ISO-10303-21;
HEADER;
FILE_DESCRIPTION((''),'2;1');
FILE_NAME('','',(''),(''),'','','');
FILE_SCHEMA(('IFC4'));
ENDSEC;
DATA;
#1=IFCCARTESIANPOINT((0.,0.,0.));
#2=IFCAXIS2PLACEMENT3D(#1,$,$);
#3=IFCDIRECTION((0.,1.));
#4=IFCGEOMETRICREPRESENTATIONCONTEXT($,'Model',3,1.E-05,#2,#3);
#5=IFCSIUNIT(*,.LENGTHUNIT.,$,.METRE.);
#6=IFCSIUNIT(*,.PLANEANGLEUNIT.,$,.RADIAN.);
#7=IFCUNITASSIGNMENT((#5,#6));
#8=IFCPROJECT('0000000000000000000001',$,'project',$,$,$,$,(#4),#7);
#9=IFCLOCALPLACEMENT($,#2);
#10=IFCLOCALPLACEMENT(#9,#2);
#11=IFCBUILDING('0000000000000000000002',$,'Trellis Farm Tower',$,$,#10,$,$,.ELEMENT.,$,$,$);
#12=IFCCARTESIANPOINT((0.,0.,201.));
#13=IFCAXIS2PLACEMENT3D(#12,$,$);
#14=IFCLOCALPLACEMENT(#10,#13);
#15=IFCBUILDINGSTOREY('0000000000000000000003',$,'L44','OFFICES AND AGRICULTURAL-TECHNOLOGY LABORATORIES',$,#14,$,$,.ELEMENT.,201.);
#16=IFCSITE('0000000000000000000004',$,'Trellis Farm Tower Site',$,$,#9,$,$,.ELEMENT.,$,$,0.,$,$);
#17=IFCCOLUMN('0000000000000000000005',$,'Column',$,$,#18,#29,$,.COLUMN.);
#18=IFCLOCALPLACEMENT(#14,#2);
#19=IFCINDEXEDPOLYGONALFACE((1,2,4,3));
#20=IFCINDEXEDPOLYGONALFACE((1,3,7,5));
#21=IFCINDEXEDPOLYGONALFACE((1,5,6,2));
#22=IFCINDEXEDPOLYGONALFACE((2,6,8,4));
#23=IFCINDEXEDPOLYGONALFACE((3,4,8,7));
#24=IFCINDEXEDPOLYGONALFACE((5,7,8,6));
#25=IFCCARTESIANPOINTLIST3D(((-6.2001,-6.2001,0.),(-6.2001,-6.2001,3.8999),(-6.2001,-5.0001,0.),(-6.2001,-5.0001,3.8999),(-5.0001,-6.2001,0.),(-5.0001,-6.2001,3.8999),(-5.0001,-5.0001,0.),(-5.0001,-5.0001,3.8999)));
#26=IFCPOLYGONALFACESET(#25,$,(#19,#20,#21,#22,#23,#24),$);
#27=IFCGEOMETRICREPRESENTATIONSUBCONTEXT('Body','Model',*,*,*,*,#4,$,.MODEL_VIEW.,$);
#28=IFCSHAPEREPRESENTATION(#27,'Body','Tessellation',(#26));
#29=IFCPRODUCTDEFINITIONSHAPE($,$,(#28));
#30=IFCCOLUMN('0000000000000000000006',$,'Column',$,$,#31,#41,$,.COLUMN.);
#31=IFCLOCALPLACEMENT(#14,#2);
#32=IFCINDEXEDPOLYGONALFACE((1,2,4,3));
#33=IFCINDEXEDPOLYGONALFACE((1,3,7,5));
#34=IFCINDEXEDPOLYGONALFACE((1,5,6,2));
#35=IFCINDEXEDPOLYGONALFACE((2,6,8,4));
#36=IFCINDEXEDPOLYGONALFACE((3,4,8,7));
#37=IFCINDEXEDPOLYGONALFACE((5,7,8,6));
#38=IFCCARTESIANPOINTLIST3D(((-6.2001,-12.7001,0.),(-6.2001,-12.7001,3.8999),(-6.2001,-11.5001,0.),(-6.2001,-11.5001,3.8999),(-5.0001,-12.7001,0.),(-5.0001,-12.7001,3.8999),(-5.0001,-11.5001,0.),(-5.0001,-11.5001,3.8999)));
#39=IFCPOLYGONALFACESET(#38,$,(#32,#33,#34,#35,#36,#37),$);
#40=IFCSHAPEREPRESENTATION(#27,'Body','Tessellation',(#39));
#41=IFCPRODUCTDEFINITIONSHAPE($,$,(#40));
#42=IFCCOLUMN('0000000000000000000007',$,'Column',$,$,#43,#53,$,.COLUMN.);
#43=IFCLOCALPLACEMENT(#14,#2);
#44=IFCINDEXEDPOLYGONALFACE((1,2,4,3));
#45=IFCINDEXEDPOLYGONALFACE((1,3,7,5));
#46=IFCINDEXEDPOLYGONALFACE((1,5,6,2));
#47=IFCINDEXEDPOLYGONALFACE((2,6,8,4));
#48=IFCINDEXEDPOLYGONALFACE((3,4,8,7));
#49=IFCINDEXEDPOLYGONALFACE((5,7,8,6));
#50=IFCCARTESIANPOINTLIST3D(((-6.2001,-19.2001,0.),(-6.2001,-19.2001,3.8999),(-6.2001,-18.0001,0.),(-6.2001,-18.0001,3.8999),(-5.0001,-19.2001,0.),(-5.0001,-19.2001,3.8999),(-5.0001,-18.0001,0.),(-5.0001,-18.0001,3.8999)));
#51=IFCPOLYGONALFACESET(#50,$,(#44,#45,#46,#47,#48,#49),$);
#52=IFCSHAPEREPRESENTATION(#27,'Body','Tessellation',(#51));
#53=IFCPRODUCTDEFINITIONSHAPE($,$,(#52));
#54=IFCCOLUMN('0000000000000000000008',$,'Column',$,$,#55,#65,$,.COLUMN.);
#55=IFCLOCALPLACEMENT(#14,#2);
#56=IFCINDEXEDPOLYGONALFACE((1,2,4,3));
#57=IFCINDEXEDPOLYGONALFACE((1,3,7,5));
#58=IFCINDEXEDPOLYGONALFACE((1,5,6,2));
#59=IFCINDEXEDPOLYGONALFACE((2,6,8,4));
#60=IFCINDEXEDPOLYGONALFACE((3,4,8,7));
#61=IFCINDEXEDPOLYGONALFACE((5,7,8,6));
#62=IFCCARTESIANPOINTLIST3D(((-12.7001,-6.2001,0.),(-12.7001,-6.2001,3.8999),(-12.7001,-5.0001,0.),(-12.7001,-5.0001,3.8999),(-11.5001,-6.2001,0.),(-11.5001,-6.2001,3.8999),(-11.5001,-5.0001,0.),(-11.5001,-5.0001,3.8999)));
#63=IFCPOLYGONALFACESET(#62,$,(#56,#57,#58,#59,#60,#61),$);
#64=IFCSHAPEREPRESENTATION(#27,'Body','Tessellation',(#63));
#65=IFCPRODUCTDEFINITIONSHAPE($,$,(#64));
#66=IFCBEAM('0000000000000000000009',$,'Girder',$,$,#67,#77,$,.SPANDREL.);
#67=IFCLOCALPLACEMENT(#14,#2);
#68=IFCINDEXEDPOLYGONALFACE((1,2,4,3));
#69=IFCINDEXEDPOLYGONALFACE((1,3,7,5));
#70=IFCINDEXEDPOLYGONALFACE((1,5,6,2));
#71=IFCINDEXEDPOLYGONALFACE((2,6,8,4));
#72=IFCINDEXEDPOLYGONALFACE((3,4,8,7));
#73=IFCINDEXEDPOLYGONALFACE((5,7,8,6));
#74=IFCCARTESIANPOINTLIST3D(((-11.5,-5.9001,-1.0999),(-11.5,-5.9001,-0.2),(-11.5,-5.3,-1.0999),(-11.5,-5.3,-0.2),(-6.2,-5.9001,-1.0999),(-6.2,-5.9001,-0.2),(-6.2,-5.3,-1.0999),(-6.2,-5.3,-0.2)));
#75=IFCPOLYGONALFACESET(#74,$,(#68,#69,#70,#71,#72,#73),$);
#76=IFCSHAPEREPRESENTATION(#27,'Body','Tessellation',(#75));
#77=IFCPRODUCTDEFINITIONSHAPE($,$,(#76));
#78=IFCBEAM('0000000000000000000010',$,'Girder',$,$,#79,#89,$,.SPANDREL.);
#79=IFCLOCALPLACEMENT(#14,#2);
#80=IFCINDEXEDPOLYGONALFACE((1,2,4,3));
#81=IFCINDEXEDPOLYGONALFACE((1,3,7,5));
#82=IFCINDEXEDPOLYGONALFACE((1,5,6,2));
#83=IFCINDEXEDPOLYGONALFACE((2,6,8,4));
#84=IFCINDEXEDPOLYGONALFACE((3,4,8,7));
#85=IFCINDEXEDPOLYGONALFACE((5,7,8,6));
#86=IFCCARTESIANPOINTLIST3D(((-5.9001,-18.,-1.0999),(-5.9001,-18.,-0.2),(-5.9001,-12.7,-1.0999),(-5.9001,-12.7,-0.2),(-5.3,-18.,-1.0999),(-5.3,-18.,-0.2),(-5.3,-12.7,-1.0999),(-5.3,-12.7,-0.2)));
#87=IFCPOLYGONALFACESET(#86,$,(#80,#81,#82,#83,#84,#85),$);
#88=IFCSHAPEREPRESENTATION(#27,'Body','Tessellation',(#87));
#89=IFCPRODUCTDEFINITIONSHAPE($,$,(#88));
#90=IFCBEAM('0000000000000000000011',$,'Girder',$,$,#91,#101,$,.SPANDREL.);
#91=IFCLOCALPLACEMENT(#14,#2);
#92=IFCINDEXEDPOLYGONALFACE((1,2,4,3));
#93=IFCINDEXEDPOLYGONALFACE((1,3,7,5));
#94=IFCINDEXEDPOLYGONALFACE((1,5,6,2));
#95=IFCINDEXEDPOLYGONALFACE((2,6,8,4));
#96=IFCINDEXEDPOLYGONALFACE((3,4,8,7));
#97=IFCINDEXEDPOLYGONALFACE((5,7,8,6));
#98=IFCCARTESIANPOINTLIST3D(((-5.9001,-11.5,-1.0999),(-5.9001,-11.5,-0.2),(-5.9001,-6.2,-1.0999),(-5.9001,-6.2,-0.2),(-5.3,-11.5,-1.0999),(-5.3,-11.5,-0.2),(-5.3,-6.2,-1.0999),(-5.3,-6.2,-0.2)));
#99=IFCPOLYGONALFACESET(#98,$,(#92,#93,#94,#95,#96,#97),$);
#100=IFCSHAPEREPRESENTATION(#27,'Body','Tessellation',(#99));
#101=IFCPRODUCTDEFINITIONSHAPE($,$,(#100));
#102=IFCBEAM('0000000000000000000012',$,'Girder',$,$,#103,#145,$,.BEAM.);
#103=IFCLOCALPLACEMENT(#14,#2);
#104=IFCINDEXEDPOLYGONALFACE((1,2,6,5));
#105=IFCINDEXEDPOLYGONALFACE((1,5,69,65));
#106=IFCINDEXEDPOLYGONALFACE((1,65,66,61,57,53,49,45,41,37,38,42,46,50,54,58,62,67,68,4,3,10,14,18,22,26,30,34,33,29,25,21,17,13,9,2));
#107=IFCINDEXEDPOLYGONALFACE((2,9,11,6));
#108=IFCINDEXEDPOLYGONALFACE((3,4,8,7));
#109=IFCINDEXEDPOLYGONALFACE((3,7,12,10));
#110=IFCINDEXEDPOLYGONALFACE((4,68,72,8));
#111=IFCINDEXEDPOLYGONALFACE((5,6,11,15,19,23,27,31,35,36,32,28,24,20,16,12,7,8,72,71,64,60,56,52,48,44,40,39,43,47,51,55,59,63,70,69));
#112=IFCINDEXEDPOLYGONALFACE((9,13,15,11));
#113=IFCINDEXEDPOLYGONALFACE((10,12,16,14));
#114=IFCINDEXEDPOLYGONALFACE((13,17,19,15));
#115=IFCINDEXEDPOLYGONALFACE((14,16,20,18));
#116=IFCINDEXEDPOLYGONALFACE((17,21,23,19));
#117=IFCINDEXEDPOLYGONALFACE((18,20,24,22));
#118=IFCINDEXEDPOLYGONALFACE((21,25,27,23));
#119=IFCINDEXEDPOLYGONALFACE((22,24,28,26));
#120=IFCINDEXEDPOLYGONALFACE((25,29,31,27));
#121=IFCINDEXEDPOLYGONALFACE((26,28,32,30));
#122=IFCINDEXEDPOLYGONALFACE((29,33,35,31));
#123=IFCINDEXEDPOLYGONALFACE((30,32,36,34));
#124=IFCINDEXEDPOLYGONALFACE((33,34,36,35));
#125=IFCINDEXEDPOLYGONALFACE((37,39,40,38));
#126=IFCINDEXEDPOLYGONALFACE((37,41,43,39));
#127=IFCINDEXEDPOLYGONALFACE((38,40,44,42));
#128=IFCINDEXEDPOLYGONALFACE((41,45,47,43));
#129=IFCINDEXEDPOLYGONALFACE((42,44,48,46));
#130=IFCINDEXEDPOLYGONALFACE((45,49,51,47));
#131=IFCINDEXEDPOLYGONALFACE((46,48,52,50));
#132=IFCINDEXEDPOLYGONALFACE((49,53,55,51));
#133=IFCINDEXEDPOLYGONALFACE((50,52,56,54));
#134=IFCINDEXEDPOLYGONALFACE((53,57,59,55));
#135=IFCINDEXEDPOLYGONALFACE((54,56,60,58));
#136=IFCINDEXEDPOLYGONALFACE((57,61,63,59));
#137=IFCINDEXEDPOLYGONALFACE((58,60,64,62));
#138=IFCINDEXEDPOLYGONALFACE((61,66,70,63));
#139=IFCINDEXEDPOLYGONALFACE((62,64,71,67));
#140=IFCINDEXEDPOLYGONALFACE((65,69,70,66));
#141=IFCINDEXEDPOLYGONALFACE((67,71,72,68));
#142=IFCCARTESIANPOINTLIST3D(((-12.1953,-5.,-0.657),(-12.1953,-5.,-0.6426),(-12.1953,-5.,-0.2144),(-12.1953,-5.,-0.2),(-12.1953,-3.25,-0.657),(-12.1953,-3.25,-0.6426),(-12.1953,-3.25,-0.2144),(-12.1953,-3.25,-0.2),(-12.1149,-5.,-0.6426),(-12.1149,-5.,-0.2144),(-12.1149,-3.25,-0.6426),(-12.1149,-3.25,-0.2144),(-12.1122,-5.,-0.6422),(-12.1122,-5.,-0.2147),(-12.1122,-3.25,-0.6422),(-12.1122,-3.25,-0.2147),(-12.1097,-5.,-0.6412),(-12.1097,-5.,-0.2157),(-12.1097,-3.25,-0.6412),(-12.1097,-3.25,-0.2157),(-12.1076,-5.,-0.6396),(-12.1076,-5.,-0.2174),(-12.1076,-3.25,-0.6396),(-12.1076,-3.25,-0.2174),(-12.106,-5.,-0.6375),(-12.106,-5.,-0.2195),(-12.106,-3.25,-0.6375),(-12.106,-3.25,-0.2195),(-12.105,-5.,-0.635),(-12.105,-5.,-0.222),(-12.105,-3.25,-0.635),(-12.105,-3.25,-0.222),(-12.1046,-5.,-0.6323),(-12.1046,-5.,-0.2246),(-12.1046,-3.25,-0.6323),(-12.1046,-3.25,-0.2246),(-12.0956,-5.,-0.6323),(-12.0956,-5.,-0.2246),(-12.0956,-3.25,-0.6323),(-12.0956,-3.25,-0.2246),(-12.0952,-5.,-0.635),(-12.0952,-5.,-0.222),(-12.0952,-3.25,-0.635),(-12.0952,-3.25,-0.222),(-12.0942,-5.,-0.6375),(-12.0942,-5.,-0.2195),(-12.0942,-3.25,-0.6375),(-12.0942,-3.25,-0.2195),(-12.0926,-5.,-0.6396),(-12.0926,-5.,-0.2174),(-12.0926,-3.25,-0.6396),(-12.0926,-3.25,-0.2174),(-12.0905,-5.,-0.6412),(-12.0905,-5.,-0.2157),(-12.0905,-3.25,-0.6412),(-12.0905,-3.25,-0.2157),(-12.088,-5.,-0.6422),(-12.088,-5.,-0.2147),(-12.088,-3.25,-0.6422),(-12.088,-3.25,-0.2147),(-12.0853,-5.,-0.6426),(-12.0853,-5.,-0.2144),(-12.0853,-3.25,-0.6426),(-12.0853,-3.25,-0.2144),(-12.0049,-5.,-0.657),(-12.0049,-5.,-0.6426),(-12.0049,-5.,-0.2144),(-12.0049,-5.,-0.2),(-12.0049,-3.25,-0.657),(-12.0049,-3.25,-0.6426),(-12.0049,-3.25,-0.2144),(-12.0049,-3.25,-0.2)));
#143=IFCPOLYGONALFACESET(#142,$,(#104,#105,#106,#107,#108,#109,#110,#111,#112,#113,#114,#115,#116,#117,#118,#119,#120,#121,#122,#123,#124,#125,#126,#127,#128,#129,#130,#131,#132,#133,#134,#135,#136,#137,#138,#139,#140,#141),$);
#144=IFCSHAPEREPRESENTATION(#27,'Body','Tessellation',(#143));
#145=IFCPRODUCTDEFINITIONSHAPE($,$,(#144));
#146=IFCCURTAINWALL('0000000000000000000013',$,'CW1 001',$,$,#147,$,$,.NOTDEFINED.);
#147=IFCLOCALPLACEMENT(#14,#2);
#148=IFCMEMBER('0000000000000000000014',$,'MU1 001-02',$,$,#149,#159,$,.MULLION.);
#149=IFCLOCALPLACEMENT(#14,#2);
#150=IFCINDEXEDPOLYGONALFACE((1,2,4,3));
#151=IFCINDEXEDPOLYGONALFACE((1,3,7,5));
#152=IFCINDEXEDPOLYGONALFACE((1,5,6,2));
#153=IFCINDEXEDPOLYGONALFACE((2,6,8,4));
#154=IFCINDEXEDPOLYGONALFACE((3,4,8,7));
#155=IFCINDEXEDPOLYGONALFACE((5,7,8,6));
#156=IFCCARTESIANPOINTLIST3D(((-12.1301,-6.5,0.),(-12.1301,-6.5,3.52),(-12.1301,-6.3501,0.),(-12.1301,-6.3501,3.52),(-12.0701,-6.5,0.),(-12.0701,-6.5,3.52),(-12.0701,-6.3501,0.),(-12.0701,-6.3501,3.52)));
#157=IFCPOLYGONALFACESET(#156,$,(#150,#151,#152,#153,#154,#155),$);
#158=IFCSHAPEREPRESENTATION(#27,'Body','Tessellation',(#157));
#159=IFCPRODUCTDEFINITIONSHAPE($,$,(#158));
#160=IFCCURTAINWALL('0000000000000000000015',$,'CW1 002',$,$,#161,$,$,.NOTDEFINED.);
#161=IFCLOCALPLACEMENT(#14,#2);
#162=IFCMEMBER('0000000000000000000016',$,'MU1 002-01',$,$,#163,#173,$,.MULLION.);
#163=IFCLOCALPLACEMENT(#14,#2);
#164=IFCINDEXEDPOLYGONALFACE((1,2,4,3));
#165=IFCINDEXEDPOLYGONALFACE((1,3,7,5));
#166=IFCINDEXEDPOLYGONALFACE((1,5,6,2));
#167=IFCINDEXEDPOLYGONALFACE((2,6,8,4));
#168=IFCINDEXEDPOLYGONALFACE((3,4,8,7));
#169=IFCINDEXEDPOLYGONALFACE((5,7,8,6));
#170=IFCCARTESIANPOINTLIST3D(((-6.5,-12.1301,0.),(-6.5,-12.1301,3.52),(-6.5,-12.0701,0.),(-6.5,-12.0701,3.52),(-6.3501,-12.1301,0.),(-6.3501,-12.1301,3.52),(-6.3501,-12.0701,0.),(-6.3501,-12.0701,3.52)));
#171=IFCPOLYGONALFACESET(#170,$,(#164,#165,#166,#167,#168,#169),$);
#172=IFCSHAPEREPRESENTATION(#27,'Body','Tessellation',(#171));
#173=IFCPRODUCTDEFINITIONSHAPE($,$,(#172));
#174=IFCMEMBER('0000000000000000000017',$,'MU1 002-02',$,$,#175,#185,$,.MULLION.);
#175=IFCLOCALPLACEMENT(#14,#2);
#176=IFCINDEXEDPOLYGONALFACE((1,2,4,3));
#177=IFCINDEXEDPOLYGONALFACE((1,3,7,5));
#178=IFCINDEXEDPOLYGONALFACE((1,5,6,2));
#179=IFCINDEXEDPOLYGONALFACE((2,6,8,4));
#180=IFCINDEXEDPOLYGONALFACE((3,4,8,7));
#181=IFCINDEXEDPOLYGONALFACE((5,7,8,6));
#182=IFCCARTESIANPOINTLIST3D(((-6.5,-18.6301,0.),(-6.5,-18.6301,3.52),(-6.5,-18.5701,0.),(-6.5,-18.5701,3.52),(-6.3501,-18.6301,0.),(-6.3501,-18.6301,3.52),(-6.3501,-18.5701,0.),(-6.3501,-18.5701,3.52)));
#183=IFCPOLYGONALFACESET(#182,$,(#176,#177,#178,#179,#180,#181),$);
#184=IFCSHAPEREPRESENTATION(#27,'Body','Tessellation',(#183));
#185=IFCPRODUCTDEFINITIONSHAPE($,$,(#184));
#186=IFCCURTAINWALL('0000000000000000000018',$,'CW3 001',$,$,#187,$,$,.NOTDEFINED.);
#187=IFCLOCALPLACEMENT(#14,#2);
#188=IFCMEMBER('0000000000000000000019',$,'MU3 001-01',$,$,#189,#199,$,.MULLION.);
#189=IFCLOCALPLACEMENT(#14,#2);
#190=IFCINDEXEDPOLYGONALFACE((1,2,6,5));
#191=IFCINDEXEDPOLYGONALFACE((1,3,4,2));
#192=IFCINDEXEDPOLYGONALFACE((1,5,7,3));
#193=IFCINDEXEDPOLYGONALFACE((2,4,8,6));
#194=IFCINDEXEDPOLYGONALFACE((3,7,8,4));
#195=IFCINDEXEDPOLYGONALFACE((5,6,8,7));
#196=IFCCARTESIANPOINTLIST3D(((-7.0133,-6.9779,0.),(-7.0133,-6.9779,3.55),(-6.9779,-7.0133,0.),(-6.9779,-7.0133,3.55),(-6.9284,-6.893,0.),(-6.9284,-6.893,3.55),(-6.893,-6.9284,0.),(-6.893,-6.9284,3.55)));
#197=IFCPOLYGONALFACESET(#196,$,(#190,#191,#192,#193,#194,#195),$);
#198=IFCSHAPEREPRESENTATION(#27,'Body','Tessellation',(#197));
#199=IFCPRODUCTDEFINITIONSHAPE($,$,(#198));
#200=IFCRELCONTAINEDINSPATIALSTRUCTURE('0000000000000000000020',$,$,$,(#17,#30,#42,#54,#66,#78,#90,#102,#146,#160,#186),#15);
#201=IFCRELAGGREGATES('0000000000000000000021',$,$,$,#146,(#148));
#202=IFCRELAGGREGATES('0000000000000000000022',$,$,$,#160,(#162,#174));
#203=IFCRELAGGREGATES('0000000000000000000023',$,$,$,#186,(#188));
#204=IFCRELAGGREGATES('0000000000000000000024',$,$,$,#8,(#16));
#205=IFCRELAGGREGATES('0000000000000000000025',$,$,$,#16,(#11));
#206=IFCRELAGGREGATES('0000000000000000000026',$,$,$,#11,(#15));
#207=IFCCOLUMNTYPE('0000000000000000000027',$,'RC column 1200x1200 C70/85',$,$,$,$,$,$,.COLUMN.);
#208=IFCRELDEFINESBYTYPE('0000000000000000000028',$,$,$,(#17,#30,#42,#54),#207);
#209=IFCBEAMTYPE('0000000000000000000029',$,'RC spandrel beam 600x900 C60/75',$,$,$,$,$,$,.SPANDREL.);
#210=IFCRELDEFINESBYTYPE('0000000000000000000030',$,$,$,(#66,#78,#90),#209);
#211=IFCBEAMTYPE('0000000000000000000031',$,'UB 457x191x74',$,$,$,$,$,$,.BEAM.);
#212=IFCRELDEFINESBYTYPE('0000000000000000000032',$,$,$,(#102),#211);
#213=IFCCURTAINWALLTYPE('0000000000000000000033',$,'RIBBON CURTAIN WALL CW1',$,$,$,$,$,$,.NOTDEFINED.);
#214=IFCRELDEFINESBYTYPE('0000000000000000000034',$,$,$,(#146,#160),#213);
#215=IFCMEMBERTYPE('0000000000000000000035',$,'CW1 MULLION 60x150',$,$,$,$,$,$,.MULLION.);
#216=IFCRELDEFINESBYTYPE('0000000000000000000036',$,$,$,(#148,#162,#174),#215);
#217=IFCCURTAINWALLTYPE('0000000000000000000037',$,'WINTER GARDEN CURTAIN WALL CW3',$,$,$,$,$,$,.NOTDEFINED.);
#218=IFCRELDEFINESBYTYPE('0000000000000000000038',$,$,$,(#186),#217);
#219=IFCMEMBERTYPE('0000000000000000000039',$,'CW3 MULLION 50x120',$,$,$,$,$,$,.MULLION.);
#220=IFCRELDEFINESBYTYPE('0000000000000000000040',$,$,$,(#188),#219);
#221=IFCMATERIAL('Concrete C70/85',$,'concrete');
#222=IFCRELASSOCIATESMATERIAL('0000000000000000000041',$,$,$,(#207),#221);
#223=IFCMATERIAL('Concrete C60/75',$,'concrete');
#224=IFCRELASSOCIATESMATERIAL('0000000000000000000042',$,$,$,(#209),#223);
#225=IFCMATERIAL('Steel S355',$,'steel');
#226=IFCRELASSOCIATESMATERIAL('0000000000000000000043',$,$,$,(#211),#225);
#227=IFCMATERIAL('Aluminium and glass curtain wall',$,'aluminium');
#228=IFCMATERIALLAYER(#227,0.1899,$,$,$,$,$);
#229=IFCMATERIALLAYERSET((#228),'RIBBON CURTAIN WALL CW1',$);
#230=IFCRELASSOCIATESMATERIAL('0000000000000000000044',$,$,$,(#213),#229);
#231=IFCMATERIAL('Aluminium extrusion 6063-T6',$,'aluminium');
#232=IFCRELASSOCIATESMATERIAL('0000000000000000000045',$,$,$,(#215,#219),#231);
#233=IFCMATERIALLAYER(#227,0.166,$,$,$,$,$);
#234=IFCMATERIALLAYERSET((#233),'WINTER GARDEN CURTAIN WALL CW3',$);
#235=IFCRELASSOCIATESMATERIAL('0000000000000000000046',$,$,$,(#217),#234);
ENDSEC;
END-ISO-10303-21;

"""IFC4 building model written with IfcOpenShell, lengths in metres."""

from ifc_helpers import new_model, si_unit, direction, frame, origin, origin_2d, place, context, subcontext, project, spatial, rectangle, i_section, extrude, source, transform, mapped, material, layer, layer_set, material_profile, profile_set, type_object, element, aggregate, save


model = new_model("IFC4")

# Units and contexts
model_context = context("Model", 3, precision=1e-05, world=origin(), true_north=direction((0.0, 1.0)))
body_context = subcontext(model_context, "Body", "Model", "MODEL_VIEW")
ifc_project = project(units=[si_unit("LENGTHUNIT", "METRE"), si_unit("PLANEANGLEUNIT", "RADIAN")], contexts=[model_context])

# Site, building, storey
site_placement = place(None, origin())
site = spatial("IfcSite", under=ifc_project, at=site_placement, Name="Trellis Farm Tower Site", CompositionType="ELEMENT", RefElevation=0.0)
building_placement = place(site_placement, origin())
building = spatial("IfcBuilding", under=site, at=building_placement, Name="Trellis Farm Tower", CompositionType="ELEMENT")
storey_placement = place(building_placement, frame((0.0, 0.0, 201.0)))
storey = spatial("IfcBuildingStorey", under=building, at=storey_placement, Name="L44", Description="OFFICES AND AGRICULTURAL-TECHNOLOGY LABORATORIES", CompositionType="ELEMENT", Elevation=201.0)

# Columns
ifc_material_1 = material(Name="Concrete C70/85", Category="concrete")
ifc_material_profile_1 = material_profile(ifc_material_1, rectangle(XDim=1.2, YDim=1.2, at=origin_2d()), Name="RC column 1200x1200 C70/85")
ifc_profile_set_1 = profile_set([ifc_material_profile_1], Name="Concrete C70/85")
column_type = type_object("IfcColumnType", Name="RC column 1200x1200 C70/85", PredefinedType="COLUMN", material=ifc_profile_set_1)
shared_shape_1 = source(origin(), body_context, "Body", "SweptSolid", [
    extrude(rectangle(XDim=1.2, YDim=1.2, at=origin_2d()), origin(), (0.0, 0.0, 1.0), 3.8999),
])
for number, where, z_axis, x_axis, name in (
    (1, (-5.6001, -5.6001, 0.0), (0.0, 0.0, 1.0), (1.0, 0.0, 0.0), "Column"),
    (2, (-5.6001, -12.1001, 0.0), (0.0, 0.0, 1.0), (1.0, 0.0, 0.0), "Column"),
    (3, (-5.6001, -18.6001, 0.0), (0.0, 0.0, 1.0), (1.0, 0.0, 0.0), "Column"),
    (4, (-12.1001, -5.6001, 0.0), (0.0, 0.0, 1.0), (1.0, 0.0, 0.0), "Column"),
):
    element("IfcColumn", number, at=place(storey_placement, frame(where, z_axis=z_axis, x_axis=x_axis)), inside=storey, type_object=column_type, Name=name, PredefinedType="COLUMN", context=body_context, shape_type="MappedRepresentation", body=[
        mapped(shared_shape_1, transform((0.0, 0.0, 0.0))),
    ])

# Beams
ifc_material_2 = material(Name="Concrete C60/75", Category="concrete")
ifc_material_profile_2 = material_profile(ifc_material_2, rectangle(XDim=0.6001, YDim=0.8999, at=origin_2d()), Name="RC spandrel beam 600x900 C60/75")
ifc_profile_set_2 = profile_set([ifc_material_profile_2], Name="Concrete C60/75")
beam_type_1 = type_object("IfcBeamType", Name="RC spandrel beam 600x900 C60/75", PredefinedType="SPANDREL", material=ifc_profile_set_2)
shared_shape_2 = source(origin(), body_context, "Body", "SweptSolid", [
    extrude(rectangle(XDim=0.6001, YDim=0.8999, at=origin_2d()), origin(), (0.0, 0.0, 1.0), 5.3),
])
for number, where, z_axis, x_axis, name in (
    (5, (-11.5, -5.6001, -0.6499), (1.0, 0.0, 0.0), (0.0, 1.0, 0.0), "Girder"),
    (6, (-5.6001, -18.0, -0.6499), (0.0, 1.0, 0.0), (-1.0, 0.0, 0.0), "Girder"),
    (7, (-5.6001, -11.5, -0.6499), (0.0, 1.0, 0.0), (-1.0, 0.0, 0.0), "Girder"),
):
    element("IfcBeam", number, at=place(storey_placement, frame(where, z_axis=z_axis, x_axis=x_axis)), inside=storey, type_object=beam_type_1, Name=name, PredefinedType="SPANDREL", context=body_context, shape_type="MappedRepresentation", body=[
        mapped(shared_shape_2, transform((0.0, 0.0, 0.0))),
    ])
ifc_material_3 = material(Name="Steel S355", Category="steel")
ifc_material_profile_3 = material_profile(ifc_material_3, i_section(OverallWidth=0.1904, OverallDepth=0.457, WebThickness=0.009, FlangeThickness=0.0144, FilletRadius=0.0103, at=origin_2d()), Name="UB 457x191x74")
ifc_profile_set_3 = profile_set([ifc_material_profile_3], Name="Steel S355")
beam_type_2 = type_object("IfcBeamType", Name="UB 457x191x74", PredefinedType="BEAM", material=ifc_profile_set_3)
shared_shape_3 = source(origin(), body_context, "Body", "SweptSolid", [
    extrude(i_section(OverallWidth=0.1904, OverallDepth=0.457, WebThickness=0.009, FlangeThickness=0.0144, FilletRadius=0.0103, at=origin_2d()), origin(), (0.0, 0.0, 1.0), 1.75),
])
beam_placement = place(storey_placement, frame((-12.1001, -5.0, -0.4285), z_axis=(0.0, 1.0, 0.0), x_axis=(-1.0, 0.0, 0.0)))
element("IfcBeam", 8, at=beam_placement, inside=storey, type_object=beam_type_2, Name="Girder", PredefinedType="BEAM", context=body_context, shape_type="MappedRepresentation", body=[
    mapped(shared_shape_3, transform((0.0, 0.0, 0.0))),
])

# Curtain wall, member
ifc_material_4 = material(Name="Aluminium and glass curtain wall", Category="aluminium")
ifc_layer_1 = layer(ifc_material_4, 0.1899)
ifc_layer_set_1 = layer_set([ifc_layer_1], Name="RIBBON CURTAIN WALL CW1")
curtain_wall_type_1 = type_object("IfcCurtainWallType", Name="RIBBON CURTAIN WALL CW1", PredefinedType="NOTDEFINED", material=ifc_layer_set_1)
placement = place(storey_placement, origin())
curtain_wall_1 = element("IfcCurtainWall", 9, at=placement, inside=storey, type_object=curtain_wall_type_1, Name="CW1 001", PredefinedType="NOTDEFINED")
ifc_material_5 = material(Name="Aluminium extrusion 6063-T6", Category="aluminium")
ifc_material_profile_4 = material_profile(ifc_material_5, rectangle(XDim=0.0601, YDim=0.1499, at=origin_2d()), Name="MULLION 60x150")
ifc_profile_set_4 = profile_set([ifc_material_profile_4], Name="Aluminium extrusion 6063-T6")
member_type_1 = type_object("IfcMemberType", Name="CW1 MULLION 60x150", PredefinedType="MULLION", material=ifc_profile_set_4)
shared_shape_4 = source(origin(), body_context, "Body", "SweptSolid", [
    extrude(rectangle(XDim=0.0601, YDim=0.1499, at=origin_2d()), origin(), (0.0, 0.0, 1.0), 3.52),
])
member_1_placement = place(storey_placement, frame((-12.1001, -6.425, 0.0), z_axis=(0.0, 0.0, 1.0), x_axis=(1.0, 0.0, 0.0)))
member_1 = element("IfcMember", 10, at=member_1_placement, type_object=member_type_1, Name="MU1 001-02", PredefinedType="MULLION", context=body_context, shape_type="MappedRepresentation", body=[
    mapped(shared_shape_4, transform((0.0, 0.0, 0.0))),
])
aggregate(curtain_wall_1, [member_1])

# Curtain wall, members
curtain_wall_2 = element("IfcCurtainWall", 11, at=placement, inside=storey, type_object=curtain_wall_type_1, Name="CW1 002", PredefinedType="NOTDEFINED")
member_2_placement = place(storey_placement, frame((-6.425, -12.1001, 0.0), z_axis=(0.0, 0.0, 1.0), x_axis=(0.0, -1.0, 0.0)))
member_2 = element("IfcMember", 12, at=member_2_placement, type_object=member_type_1, Name="MU1 002-01", PredefinedType="MULLION", context=body_context, shape_type="MappedRepresentation", body=[
    mapped(shared_shape_4, transform((0.0, 0.0, 0.0))),
])
member_3_placement = place(storey_placement, frame((-6.425, -18.6001, 0.0), z_axis=(0.0, 0.0, 1.0), x_axis=(0.0, -1.0, 0.0)))
member_3 = element("IfcMember", 13, at=member_3_placement, type_object=member_type_1, Name="MU1 002-02", PredefinedType="MULLION", context=body_context, shape_type="MappedRepresentation", body=[
    mapped(shared_shape_4, transform((0.0, 0.0, 0.0))),
])
aggregate(curtain_wall_2, [member_2, member_3])

# Curtain wall, member
ifc_layer_2 = layer(ifc_material_4, 0.166)
ifc_layer_set_2 = layer_set([ifc_layer_2], Name="WINTER GARDEN CURTAIN WALL CW3")
curtain_wall_type_2 = type_object("IfcCurtainWallType", Name="WINTER GARDEN CURTAIN WALL CW3", PredefinedType="NOTDEFINED", material=ifc_layer_set_2)
curtain_wall_3 = element("IfcCurtainWall", 14, at=placement, inside=storey, type_object=curtain_wall_type_2, Name="CW3 001", PredefinedType="NOTDEFINED")
ifc_material_profile_5 = material_profile(ifc_material_5, rectangle(XDim=0.05, YDim=0.1201, at=origin_2d()), Name="MULLION 50x120")
ifc_profile_set_5 = profile_set([ifc_material_profile_5], Name="Aluminium extrusion 6063-T6")
member_type_2 = type_object("IfcMemberType", Name="CW3 MULLION 50x120", PredefinedType="MULLION", material=ifc_profile_set_5)
shared_shape_5 = source(origin(), body_context, "Body", "SweptSolid", [
    extrude(rectangle(XDim=0.05, YDim=0.1201, at=origin_2d()), origin(), (0.0, 0.0, 1.0), 3.55),
])
member_4_placement = place(storey_placement, frame((-6.9531, -6.9531, 0.0), z_axis=(0.0, 0.0, 1.0), x_axis=(0.707107, -0.707107, 0.0)))
member_4 = element("IfcMember", 15, at=member_4_placement, type_object=member_type_2, Name="MU3 001-01", PredefinedType="MULLION", context=body_context, shape_type="MappedRepresentation", body=[
    mapped(shared_shape_5, transform((0.0, 0.0, 0.0))),
])
aggregate(curtain_wall_3, [member_4])

save(model, "model.ifc")
